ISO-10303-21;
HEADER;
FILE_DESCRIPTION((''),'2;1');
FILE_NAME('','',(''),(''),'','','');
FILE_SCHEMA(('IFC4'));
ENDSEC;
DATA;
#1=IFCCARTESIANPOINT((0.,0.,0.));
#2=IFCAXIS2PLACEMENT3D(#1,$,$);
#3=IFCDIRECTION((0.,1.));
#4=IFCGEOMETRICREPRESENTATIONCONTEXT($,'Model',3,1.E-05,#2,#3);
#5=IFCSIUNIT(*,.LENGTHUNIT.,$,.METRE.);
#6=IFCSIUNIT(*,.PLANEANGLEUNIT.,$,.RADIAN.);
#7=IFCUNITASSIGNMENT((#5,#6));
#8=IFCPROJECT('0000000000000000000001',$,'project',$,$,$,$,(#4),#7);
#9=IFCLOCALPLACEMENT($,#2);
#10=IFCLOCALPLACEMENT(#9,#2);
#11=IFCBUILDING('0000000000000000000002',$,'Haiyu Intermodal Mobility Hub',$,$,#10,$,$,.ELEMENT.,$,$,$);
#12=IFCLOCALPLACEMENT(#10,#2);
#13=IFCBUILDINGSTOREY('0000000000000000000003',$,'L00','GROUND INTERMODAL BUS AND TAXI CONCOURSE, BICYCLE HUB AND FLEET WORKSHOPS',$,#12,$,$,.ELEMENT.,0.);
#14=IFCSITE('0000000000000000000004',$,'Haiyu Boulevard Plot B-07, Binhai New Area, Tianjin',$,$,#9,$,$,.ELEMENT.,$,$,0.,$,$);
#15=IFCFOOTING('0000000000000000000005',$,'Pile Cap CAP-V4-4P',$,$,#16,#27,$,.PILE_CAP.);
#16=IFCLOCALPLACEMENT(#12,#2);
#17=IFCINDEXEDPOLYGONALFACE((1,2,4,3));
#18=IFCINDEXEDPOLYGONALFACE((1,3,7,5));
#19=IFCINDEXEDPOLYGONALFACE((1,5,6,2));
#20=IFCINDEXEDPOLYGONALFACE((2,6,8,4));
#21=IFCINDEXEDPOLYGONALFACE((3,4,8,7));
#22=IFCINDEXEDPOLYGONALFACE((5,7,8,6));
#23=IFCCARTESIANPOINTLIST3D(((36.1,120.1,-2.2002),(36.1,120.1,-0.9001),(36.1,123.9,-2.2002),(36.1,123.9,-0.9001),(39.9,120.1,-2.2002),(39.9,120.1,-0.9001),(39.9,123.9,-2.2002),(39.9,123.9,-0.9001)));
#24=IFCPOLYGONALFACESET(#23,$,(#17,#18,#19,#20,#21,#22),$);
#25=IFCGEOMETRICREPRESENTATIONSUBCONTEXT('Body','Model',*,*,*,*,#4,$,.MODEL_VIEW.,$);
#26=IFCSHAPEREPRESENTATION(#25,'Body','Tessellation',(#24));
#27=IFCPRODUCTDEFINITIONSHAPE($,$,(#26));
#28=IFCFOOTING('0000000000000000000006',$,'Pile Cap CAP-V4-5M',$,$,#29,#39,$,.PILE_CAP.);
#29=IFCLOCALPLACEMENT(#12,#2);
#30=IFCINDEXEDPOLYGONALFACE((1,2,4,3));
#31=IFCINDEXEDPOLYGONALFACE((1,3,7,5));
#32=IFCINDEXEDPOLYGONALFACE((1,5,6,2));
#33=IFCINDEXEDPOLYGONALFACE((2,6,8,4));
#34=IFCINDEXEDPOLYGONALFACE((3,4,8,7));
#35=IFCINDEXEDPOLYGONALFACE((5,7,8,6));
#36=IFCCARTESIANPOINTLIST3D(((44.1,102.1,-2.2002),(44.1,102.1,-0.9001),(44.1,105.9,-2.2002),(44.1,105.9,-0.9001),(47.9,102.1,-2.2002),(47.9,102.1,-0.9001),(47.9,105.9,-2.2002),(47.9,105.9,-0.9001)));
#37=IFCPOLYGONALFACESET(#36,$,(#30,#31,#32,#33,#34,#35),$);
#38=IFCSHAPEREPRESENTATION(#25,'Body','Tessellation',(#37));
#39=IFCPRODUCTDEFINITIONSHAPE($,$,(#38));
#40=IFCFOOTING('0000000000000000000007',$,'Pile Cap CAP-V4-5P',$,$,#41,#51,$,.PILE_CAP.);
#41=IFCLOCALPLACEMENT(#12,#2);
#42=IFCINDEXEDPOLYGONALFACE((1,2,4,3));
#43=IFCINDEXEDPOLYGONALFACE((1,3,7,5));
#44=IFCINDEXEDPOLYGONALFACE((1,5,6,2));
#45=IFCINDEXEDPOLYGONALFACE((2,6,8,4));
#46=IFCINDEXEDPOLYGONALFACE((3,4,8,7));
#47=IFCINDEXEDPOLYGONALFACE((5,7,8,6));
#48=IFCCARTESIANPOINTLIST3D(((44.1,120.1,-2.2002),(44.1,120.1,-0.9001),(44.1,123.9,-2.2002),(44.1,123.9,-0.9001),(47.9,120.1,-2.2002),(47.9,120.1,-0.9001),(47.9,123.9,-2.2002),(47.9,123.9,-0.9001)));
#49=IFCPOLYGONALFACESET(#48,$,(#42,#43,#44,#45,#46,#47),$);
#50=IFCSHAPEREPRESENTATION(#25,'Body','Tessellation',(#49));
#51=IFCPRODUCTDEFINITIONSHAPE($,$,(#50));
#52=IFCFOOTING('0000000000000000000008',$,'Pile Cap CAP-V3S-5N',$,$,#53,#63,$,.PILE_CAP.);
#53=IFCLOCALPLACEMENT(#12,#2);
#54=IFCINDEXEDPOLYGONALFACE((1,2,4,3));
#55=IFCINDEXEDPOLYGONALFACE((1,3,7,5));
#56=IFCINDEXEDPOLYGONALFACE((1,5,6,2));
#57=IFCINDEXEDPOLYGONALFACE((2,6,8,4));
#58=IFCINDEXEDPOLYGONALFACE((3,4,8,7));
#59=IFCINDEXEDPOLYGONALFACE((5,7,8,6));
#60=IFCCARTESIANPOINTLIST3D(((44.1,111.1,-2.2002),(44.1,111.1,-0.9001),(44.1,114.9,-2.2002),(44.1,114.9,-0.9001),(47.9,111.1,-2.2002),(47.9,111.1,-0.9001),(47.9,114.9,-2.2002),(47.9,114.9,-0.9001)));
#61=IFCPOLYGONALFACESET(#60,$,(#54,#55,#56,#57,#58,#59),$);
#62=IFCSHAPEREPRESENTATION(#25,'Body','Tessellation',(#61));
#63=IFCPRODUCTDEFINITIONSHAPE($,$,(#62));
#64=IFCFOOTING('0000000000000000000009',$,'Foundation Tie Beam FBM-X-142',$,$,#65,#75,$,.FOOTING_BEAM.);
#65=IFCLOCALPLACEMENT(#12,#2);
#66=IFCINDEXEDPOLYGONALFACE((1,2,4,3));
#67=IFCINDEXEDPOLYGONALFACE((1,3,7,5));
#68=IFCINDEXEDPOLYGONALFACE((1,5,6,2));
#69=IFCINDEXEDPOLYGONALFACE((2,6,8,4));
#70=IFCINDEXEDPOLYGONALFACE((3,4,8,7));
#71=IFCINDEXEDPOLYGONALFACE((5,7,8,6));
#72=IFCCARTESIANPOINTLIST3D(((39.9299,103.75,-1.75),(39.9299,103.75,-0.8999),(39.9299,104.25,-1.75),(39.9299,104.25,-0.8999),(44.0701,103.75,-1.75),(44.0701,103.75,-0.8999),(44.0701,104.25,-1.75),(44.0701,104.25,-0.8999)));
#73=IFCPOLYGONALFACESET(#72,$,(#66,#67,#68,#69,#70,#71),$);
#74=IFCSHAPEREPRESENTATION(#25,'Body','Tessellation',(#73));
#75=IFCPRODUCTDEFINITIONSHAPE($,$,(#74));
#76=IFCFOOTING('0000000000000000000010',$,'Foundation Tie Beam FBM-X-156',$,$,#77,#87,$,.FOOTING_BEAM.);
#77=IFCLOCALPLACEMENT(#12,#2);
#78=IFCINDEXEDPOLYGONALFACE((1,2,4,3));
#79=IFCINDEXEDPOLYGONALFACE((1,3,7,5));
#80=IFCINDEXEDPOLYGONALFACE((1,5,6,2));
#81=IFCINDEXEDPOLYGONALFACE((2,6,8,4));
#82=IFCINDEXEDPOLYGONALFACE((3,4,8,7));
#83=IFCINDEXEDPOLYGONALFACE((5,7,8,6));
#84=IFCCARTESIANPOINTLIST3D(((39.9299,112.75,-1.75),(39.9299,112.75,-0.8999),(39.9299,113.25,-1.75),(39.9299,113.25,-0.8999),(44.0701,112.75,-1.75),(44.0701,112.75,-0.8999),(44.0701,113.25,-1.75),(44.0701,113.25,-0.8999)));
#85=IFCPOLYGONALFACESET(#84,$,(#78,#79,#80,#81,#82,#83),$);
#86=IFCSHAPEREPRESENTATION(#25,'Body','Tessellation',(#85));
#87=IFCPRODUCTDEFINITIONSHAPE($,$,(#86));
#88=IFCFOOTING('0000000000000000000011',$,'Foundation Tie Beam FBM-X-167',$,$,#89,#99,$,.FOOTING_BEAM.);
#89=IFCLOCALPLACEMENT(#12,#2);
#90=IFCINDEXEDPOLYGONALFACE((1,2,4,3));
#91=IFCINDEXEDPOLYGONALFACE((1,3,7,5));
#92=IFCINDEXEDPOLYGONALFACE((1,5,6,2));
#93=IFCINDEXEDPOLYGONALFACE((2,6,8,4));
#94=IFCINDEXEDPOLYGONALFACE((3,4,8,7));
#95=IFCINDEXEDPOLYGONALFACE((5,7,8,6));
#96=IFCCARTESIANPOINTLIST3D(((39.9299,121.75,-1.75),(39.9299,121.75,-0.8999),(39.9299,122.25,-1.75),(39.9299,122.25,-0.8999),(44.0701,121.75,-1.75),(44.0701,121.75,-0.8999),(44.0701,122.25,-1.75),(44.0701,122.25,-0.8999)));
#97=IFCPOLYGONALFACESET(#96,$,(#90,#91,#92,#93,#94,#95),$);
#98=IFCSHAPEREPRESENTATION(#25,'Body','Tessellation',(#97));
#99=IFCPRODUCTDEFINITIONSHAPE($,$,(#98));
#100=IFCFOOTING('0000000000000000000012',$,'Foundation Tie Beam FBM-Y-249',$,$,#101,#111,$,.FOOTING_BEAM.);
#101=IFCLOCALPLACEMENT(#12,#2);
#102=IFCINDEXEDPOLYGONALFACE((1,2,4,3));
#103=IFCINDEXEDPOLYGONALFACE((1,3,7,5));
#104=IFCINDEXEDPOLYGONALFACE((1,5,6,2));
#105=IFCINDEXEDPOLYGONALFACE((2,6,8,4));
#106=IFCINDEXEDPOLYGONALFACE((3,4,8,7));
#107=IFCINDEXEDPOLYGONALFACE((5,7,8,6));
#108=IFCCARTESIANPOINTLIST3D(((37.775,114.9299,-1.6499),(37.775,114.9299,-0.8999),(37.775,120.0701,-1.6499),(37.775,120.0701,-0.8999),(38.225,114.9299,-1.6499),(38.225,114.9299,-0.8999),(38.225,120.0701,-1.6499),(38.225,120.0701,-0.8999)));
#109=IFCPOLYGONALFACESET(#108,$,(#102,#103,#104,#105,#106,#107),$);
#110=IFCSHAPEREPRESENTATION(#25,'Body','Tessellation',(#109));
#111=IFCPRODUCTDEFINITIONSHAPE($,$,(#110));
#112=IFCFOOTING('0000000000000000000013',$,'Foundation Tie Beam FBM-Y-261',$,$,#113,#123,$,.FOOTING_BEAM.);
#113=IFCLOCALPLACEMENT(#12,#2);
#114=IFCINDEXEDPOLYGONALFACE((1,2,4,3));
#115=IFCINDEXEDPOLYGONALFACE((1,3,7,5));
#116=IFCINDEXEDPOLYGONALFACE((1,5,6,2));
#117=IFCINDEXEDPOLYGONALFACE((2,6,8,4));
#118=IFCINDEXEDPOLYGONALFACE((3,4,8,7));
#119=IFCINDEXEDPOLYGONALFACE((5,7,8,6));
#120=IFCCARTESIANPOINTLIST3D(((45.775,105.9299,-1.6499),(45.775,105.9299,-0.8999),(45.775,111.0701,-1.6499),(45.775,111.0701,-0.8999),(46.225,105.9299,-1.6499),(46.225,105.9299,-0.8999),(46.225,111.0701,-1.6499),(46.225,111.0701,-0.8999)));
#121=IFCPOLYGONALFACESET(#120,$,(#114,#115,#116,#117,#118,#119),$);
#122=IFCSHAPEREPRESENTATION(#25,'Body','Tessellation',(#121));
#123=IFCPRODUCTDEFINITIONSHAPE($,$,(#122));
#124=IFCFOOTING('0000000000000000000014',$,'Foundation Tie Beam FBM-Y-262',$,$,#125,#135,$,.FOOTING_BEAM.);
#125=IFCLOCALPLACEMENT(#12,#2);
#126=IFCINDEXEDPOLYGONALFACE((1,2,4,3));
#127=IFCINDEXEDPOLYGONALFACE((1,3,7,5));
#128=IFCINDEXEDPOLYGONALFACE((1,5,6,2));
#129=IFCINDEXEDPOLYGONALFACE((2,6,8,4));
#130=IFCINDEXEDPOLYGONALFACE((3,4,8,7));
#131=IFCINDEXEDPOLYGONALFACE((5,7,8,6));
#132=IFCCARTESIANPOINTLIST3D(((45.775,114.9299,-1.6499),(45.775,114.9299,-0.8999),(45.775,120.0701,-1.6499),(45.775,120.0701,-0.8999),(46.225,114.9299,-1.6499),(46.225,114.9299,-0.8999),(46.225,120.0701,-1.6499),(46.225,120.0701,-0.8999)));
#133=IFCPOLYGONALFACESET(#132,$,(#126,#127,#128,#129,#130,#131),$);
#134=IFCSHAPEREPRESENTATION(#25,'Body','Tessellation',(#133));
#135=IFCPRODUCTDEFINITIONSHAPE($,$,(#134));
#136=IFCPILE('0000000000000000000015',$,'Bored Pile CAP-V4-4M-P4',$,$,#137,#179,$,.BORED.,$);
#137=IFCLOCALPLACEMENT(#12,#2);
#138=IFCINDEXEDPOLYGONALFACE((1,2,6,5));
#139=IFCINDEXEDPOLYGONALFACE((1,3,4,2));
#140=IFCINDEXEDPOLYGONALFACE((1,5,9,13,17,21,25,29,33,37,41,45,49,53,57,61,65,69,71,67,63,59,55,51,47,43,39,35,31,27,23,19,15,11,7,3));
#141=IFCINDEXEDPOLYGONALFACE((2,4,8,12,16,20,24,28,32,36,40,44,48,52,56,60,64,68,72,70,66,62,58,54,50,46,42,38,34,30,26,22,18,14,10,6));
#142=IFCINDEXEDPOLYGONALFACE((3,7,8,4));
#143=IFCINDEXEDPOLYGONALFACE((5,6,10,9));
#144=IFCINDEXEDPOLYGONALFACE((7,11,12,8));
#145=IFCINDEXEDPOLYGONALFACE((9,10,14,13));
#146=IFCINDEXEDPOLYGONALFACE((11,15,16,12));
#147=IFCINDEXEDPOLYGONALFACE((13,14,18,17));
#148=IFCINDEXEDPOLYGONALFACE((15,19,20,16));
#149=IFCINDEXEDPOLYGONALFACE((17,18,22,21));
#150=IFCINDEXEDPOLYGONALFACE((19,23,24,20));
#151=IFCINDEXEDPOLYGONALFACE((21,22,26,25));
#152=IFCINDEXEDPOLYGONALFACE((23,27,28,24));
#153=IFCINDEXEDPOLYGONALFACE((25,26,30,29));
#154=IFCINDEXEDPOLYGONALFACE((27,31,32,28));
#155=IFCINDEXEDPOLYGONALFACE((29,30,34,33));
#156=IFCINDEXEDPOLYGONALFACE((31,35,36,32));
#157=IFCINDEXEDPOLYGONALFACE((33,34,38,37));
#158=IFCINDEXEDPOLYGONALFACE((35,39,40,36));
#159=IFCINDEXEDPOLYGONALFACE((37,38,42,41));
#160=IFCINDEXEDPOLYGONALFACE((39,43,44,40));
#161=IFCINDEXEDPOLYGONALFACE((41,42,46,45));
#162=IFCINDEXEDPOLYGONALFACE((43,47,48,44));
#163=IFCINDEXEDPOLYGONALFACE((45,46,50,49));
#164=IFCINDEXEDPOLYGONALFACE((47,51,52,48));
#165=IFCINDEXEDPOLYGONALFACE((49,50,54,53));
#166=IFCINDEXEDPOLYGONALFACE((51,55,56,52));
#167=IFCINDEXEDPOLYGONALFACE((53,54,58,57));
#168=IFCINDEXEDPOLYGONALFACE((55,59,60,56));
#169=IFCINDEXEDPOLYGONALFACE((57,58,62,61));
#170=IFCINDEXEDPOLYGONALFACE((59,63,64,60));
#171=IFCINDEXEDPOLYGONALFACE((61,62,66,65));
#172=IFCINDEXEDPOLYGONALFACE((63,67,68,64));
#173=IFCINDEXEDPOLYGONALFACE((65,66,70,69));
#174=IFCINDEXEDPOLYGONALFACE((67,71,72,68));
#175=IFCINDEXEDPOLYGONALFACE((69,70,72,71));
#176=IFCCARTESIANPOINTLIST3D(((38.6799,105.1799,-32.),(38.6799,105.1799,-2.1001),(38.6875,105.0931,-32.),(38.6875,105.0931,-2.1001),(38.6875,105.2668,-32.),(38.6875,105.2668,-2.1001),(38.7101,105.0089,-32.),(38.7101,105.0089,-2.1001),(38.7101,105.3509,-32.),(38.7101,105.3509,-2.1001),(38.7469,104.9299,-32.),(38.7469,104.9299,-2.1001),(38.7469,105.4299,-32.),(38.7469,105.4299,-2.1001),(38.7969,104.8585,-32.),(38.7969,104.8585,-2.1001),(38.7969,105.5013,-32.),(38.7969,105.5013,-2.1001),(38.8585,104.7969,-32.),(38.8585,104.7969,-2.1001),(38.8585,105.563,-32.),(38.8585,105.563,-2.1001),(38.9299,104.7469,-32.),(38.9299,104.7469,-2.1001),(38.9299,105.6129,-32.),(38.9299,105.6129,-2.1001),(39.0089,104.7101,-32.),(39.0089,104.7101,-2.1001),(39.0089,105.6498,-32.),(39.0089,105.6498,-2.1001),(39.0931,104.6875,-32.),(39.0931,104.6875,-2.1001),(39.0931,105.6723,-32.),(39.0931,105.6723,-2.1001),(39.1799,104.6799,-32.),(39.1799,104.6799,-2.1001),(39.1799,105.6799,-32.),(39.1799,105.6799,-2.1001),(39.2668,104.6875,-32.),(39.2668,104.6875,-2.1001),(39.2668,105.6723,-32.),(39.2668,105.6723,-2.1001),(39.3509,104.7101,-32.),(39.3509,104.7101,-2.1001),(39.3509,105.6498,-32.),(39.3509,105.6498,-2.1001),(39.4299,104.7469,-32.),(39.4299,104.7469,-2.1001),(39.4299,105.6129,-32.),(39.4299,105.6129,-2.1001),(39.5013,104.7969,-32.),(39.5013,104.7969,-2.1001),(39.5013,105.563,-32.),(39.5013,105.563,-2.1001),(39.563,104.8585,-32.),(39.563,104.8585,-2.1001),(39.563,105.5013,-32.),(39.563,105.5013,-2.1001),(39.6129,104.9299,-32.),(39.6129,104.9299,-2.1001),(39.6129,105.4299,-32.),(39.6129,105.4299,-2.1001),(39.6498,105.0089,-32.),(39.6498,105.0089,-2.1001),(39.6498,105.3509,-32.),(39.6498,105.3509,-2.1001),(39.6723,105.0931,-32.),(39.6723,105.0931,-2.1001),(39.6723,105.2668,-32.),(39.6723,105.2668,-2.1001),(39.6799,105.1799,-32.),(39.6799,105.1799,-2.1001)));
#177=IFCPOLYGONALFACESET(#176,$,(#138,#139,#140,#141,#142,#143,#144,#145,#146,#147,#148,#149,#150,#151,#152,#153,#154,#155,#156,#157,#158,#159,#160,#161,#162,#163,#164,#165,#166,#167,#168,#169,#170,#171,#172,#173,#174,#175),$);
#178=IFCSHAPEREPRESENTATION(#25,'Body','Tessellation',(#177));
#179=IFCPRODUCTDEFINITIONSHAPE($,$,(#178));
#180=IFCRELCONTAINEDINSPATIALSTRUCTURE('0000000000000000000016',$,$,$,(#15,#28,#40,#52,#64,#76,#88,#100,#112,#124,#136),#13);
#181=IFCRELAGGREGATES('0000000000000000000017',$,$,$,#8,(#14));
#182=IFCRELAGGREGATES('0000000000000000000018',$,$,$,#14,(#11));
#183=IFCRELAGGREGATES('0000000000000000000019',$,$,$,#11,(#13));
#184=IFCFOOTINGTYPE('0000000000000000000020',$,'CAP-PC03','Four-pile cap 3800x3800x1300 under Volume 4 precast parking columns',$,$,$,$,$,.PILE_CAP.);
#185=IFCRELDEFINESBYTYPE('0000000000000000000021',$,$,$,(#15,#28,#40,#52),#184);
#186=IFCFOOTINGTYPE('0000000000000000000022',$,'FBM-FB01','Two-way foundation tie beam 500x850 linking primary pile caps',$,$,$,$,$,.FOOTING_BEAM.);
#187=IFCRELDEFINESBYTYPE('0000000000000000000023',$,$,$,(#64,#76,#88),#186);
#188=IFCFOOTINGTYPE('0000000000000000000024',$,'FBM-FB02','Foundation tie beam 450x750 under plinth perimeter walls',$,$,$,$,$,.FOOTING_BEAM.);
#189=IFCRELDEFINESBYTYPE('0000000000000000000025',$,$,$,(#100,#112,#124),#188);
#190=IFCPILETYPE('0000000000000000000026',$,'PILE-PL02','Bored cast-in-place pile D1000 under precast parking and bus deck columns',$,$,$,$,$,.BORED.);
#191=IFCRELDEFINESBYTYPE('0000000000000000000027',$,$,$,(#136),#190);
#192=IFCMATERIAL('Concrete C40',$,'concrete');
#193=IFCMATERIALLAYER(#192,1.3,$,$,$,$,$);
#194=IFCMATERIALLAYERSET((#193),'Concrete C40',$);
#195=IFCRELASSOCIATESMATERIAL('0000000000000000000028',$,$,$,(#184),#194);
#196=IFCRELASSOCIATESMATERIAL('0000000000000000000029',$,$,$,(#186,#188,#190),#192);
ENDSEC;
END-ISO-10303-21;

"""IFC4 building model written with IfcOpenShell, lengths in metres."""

from ifc_helpers import new_model, si_unit, direction, frame, origin, origin_2d, place, context, subcontext, project, spatial, rectangle, circle, extrude, material, layer, layer_set, material_profile, profile_set, type_object, element, save


model = new_model("IFC4")

# Units and contexts
model_context = context("Model", 3, precision=1e-05, world=origin(), true_north=direction((0.0, 1.0)))
body_context = subcontext(model_context, "Body", "Model", "MODEL_VIEW")
ifc_project = project(units=[si_unit("LENGTHUNIT", "METRE"), si_unit("PLANEANGLEUNIT", "RADIAN")], contexts=[model_context])

# Site, building, storey
site_placement = place(None, origin())
site = spatial("IfcSite", under=ifc_project, at=site_placement, Name="Haiyu Boulevard Plot B-07, Binhai New Area, Tianjin", CompositionType="ELEMENT", RefElevation=0.0)
building_placement = place(site_placement, origin())
building = spatial("IfcBuilding", under=site, at=building_placement, Name="Haiyu Intermodal Mobility Hub", CompositionType="ELEMENT")
storey_placement = place(building_placement, origin())
storey = spatial("IfcBuildingStorey", under=building, at=storey_placement, Name="L00", Description="GROUND INTERMODAL BUS AND TAXI CONCOURSE, BICYCLE HUB AND FLEET WORKSHOPS", CompositionType="ELEMENT", Elevation=0.0)

# Footings
ifc_material_1 = material(Name="Concrete C40", Category="concrete")
ifc_layer = layer(ifc_material_1, 1.3)
ifc_layer_set = layer_set([ifc_layer], Name="Concrete C40")
footing_type_1 = type_object("IfcFootingType", Name="CAP-PC03", Description="Four-pile cap 3800x3800x1300 under Volume 4 precast parking columns", PredefinedType="PILE_CAP", material=ifc_layer_set)
for number, where, z_axis, x_axis, name in (
    (1, (38.0, 122.0, -2.2002), (0.0, 0.0, 1.0), (1.0, 0.0, 0.0), "Pile Cap CAP-V4-4P"),
    (2, (46.0, 104.0, -2.2002), (0.0, 0.0, 1.0), (1.0, 0.0, 0.0), "Pile Cap CAP-V4-5M"),
    (3, (46.0, 122.0, -2.2002), (0.0, 0.0, 1.0), (1.0, 0.0, 0.0), "Pile Cap CAP-V4-5P"),
    (4, (46.0, 113.0, -2.2002), (0.0, 0.0, 1.0), (1.0, 0.0, 0.0), "Pile Cap CAP-V3S-5N"),
):
    element("IfcFooting", number, at=place(storey_placement, frame(where, z_axis=z_axis, x_axis=x_axis)), inside=storey, type_object=footing_type_1, Name=name, PredefinedType="PILE_CAP", context=body_context, shape_type="SweptSolid", body=[
        extrude(rectangle(XDim=3.8, YDim=3.8, at=origin_2d()), origin(), (0.0, 0.0, 1.0), 1.3),
    ])
ifc_material_profile_1 = material_profile(ifc_material_1, rectangle(XDim=0.5, YDim=0.8501, at=origin_2d()), Name="FB500x850")
ifc_profile_set_1 = profile_set([ifc_material_profile_1], Name="Concrete C40")
footing_type_2 = type_object("IfcFootingType", Name="FBM-FB01", Description="Two-way foundation tie beam 500x850 linking primary pile caps", PredefinedType="FOOTING_BEAM", material=ifc_profile_set_1)
for number, where, z_axis, x_axis, name in (
    (5, (39.9299, 104.0, -1.325), (1.0, 0.0, 0.0), (0.0, 1.0, 0.0), "Foundation Tie Beam FBM-X-142"),
    (6, (39.9299, 113.0, -1.325), (1.0, 0.0, 0.0), (0.0, 1.0, 0.0), "Foundation Tie Beam FBM-X-156"),
    (7, (39.9299, 122.0, -1.325), (1.0, 0.0, 0.0), (0.0, 1.0, 0.0), "Foundation Tie Beam FBM-X-167"),
):
    element("IfcFooting", number, at=place(storey_placement, frame(where, z_axis=z_axis, x_axis=x_axis)), inside=storey, type_object=footing_type_2, Name=name, PredefinedType="FOOTING_BEAM", context=body_context, shape_type="SweptSolid", body=[
        extrude(rectangle(XDim=0.5, YDim=0.8501, at=origin_2d()), origin(), (0.0, 0.0, 1.0), 4.1401),
    ])
ifc_material_profile_2 = material_profile(ifc_material_1, rectangle(XDim=0.45, YDim=0.75, at=origin_2d()), Name="FB450x750")
ifc_profile_set_2 = profile_set([ifc_material_profile_2], Name="Concrete C40")
footing_type_3 = type_object("IfcFootingType", Name="FBM-FB02", Description="Foundation tie beam 450x750 under plinth perimeter walls", PredefinedType="FOOTING_BEAM", material=ifc_profile_set_2)
for number, where, z_axis, x_axis, name in (
    (8, (38.0, 114.9299, -1.2749), (0.0, 1.0, 0.0), (-1.0, 0.0, 0.0), "Foundation Tie Beam FBM-Y-249"),
    (9, (46.0, 105.9299, -1.2749), (0.0, 1.0, 0.0), (-1.0, 0.0, 0.0), "Foundation Tie Beam FBM-Y-261"),
    (10, (46.0, 114.9299, -1.2749), (0.0, 1.0, 0.0), (-1.0, 0.0, 0.0), "Foundation Tie Beam FBM-Y-262"),
):
    element("IfcFooting", number, at=place(storey_placement, frame(where, z_axis=z_axis, x_axis=x_axis)), inside=storey, type_object=footing_type_3, Name=name, PredefinedType="FOOTING_BEAM", context=body_context, shape_type="SweptSolid", body=[
        extrude(rectangle(XDim=0.45, YDim=0.75, at=origin_2d()), origin(), (0.0, 0.0, 1.0), 5.1401),
    ])

# Pile
ifc_material_profile_3 = material_profile(ifc_material_1, circle(Radius=0.5, at=origin_2d()), Name="PILE-D1000")
ifc_profile_set_3 = profile_set([ifc_material_profile_3], Name="Concrete C40")
pile_type = type_object("IfcPileType", Name="PILE-PL02", Description="Bored cast-in-place pile D1000 under precast parking and bus deck columns", PredefinedType="BORED", material=ifc_profile_set_3)
for number, where, z_axis, x_axis, name in (
    (11, (39.1799, 105.1799, -2.1001), (0.0, 0.0, -1.0), (1.0, 0.0, 0.0), "Bored Pile CAP-V4-4M-P4"),
):
    element("IfcPile", number, at=place(storey_placement, frame(where, z_axis=z_axis, x_axis=x_axis)), inside=storey, type_object=pile_type, Name=name, PredefinedType="BORED", context=body_context, shape_type="SweptSolid", body=[
        extrude(circle(Radius=0.5, at=origin_2d()), origin(), (0.0, 0.0, 1.0), 29.8999),
    ])

save(model, "model.ifc")
